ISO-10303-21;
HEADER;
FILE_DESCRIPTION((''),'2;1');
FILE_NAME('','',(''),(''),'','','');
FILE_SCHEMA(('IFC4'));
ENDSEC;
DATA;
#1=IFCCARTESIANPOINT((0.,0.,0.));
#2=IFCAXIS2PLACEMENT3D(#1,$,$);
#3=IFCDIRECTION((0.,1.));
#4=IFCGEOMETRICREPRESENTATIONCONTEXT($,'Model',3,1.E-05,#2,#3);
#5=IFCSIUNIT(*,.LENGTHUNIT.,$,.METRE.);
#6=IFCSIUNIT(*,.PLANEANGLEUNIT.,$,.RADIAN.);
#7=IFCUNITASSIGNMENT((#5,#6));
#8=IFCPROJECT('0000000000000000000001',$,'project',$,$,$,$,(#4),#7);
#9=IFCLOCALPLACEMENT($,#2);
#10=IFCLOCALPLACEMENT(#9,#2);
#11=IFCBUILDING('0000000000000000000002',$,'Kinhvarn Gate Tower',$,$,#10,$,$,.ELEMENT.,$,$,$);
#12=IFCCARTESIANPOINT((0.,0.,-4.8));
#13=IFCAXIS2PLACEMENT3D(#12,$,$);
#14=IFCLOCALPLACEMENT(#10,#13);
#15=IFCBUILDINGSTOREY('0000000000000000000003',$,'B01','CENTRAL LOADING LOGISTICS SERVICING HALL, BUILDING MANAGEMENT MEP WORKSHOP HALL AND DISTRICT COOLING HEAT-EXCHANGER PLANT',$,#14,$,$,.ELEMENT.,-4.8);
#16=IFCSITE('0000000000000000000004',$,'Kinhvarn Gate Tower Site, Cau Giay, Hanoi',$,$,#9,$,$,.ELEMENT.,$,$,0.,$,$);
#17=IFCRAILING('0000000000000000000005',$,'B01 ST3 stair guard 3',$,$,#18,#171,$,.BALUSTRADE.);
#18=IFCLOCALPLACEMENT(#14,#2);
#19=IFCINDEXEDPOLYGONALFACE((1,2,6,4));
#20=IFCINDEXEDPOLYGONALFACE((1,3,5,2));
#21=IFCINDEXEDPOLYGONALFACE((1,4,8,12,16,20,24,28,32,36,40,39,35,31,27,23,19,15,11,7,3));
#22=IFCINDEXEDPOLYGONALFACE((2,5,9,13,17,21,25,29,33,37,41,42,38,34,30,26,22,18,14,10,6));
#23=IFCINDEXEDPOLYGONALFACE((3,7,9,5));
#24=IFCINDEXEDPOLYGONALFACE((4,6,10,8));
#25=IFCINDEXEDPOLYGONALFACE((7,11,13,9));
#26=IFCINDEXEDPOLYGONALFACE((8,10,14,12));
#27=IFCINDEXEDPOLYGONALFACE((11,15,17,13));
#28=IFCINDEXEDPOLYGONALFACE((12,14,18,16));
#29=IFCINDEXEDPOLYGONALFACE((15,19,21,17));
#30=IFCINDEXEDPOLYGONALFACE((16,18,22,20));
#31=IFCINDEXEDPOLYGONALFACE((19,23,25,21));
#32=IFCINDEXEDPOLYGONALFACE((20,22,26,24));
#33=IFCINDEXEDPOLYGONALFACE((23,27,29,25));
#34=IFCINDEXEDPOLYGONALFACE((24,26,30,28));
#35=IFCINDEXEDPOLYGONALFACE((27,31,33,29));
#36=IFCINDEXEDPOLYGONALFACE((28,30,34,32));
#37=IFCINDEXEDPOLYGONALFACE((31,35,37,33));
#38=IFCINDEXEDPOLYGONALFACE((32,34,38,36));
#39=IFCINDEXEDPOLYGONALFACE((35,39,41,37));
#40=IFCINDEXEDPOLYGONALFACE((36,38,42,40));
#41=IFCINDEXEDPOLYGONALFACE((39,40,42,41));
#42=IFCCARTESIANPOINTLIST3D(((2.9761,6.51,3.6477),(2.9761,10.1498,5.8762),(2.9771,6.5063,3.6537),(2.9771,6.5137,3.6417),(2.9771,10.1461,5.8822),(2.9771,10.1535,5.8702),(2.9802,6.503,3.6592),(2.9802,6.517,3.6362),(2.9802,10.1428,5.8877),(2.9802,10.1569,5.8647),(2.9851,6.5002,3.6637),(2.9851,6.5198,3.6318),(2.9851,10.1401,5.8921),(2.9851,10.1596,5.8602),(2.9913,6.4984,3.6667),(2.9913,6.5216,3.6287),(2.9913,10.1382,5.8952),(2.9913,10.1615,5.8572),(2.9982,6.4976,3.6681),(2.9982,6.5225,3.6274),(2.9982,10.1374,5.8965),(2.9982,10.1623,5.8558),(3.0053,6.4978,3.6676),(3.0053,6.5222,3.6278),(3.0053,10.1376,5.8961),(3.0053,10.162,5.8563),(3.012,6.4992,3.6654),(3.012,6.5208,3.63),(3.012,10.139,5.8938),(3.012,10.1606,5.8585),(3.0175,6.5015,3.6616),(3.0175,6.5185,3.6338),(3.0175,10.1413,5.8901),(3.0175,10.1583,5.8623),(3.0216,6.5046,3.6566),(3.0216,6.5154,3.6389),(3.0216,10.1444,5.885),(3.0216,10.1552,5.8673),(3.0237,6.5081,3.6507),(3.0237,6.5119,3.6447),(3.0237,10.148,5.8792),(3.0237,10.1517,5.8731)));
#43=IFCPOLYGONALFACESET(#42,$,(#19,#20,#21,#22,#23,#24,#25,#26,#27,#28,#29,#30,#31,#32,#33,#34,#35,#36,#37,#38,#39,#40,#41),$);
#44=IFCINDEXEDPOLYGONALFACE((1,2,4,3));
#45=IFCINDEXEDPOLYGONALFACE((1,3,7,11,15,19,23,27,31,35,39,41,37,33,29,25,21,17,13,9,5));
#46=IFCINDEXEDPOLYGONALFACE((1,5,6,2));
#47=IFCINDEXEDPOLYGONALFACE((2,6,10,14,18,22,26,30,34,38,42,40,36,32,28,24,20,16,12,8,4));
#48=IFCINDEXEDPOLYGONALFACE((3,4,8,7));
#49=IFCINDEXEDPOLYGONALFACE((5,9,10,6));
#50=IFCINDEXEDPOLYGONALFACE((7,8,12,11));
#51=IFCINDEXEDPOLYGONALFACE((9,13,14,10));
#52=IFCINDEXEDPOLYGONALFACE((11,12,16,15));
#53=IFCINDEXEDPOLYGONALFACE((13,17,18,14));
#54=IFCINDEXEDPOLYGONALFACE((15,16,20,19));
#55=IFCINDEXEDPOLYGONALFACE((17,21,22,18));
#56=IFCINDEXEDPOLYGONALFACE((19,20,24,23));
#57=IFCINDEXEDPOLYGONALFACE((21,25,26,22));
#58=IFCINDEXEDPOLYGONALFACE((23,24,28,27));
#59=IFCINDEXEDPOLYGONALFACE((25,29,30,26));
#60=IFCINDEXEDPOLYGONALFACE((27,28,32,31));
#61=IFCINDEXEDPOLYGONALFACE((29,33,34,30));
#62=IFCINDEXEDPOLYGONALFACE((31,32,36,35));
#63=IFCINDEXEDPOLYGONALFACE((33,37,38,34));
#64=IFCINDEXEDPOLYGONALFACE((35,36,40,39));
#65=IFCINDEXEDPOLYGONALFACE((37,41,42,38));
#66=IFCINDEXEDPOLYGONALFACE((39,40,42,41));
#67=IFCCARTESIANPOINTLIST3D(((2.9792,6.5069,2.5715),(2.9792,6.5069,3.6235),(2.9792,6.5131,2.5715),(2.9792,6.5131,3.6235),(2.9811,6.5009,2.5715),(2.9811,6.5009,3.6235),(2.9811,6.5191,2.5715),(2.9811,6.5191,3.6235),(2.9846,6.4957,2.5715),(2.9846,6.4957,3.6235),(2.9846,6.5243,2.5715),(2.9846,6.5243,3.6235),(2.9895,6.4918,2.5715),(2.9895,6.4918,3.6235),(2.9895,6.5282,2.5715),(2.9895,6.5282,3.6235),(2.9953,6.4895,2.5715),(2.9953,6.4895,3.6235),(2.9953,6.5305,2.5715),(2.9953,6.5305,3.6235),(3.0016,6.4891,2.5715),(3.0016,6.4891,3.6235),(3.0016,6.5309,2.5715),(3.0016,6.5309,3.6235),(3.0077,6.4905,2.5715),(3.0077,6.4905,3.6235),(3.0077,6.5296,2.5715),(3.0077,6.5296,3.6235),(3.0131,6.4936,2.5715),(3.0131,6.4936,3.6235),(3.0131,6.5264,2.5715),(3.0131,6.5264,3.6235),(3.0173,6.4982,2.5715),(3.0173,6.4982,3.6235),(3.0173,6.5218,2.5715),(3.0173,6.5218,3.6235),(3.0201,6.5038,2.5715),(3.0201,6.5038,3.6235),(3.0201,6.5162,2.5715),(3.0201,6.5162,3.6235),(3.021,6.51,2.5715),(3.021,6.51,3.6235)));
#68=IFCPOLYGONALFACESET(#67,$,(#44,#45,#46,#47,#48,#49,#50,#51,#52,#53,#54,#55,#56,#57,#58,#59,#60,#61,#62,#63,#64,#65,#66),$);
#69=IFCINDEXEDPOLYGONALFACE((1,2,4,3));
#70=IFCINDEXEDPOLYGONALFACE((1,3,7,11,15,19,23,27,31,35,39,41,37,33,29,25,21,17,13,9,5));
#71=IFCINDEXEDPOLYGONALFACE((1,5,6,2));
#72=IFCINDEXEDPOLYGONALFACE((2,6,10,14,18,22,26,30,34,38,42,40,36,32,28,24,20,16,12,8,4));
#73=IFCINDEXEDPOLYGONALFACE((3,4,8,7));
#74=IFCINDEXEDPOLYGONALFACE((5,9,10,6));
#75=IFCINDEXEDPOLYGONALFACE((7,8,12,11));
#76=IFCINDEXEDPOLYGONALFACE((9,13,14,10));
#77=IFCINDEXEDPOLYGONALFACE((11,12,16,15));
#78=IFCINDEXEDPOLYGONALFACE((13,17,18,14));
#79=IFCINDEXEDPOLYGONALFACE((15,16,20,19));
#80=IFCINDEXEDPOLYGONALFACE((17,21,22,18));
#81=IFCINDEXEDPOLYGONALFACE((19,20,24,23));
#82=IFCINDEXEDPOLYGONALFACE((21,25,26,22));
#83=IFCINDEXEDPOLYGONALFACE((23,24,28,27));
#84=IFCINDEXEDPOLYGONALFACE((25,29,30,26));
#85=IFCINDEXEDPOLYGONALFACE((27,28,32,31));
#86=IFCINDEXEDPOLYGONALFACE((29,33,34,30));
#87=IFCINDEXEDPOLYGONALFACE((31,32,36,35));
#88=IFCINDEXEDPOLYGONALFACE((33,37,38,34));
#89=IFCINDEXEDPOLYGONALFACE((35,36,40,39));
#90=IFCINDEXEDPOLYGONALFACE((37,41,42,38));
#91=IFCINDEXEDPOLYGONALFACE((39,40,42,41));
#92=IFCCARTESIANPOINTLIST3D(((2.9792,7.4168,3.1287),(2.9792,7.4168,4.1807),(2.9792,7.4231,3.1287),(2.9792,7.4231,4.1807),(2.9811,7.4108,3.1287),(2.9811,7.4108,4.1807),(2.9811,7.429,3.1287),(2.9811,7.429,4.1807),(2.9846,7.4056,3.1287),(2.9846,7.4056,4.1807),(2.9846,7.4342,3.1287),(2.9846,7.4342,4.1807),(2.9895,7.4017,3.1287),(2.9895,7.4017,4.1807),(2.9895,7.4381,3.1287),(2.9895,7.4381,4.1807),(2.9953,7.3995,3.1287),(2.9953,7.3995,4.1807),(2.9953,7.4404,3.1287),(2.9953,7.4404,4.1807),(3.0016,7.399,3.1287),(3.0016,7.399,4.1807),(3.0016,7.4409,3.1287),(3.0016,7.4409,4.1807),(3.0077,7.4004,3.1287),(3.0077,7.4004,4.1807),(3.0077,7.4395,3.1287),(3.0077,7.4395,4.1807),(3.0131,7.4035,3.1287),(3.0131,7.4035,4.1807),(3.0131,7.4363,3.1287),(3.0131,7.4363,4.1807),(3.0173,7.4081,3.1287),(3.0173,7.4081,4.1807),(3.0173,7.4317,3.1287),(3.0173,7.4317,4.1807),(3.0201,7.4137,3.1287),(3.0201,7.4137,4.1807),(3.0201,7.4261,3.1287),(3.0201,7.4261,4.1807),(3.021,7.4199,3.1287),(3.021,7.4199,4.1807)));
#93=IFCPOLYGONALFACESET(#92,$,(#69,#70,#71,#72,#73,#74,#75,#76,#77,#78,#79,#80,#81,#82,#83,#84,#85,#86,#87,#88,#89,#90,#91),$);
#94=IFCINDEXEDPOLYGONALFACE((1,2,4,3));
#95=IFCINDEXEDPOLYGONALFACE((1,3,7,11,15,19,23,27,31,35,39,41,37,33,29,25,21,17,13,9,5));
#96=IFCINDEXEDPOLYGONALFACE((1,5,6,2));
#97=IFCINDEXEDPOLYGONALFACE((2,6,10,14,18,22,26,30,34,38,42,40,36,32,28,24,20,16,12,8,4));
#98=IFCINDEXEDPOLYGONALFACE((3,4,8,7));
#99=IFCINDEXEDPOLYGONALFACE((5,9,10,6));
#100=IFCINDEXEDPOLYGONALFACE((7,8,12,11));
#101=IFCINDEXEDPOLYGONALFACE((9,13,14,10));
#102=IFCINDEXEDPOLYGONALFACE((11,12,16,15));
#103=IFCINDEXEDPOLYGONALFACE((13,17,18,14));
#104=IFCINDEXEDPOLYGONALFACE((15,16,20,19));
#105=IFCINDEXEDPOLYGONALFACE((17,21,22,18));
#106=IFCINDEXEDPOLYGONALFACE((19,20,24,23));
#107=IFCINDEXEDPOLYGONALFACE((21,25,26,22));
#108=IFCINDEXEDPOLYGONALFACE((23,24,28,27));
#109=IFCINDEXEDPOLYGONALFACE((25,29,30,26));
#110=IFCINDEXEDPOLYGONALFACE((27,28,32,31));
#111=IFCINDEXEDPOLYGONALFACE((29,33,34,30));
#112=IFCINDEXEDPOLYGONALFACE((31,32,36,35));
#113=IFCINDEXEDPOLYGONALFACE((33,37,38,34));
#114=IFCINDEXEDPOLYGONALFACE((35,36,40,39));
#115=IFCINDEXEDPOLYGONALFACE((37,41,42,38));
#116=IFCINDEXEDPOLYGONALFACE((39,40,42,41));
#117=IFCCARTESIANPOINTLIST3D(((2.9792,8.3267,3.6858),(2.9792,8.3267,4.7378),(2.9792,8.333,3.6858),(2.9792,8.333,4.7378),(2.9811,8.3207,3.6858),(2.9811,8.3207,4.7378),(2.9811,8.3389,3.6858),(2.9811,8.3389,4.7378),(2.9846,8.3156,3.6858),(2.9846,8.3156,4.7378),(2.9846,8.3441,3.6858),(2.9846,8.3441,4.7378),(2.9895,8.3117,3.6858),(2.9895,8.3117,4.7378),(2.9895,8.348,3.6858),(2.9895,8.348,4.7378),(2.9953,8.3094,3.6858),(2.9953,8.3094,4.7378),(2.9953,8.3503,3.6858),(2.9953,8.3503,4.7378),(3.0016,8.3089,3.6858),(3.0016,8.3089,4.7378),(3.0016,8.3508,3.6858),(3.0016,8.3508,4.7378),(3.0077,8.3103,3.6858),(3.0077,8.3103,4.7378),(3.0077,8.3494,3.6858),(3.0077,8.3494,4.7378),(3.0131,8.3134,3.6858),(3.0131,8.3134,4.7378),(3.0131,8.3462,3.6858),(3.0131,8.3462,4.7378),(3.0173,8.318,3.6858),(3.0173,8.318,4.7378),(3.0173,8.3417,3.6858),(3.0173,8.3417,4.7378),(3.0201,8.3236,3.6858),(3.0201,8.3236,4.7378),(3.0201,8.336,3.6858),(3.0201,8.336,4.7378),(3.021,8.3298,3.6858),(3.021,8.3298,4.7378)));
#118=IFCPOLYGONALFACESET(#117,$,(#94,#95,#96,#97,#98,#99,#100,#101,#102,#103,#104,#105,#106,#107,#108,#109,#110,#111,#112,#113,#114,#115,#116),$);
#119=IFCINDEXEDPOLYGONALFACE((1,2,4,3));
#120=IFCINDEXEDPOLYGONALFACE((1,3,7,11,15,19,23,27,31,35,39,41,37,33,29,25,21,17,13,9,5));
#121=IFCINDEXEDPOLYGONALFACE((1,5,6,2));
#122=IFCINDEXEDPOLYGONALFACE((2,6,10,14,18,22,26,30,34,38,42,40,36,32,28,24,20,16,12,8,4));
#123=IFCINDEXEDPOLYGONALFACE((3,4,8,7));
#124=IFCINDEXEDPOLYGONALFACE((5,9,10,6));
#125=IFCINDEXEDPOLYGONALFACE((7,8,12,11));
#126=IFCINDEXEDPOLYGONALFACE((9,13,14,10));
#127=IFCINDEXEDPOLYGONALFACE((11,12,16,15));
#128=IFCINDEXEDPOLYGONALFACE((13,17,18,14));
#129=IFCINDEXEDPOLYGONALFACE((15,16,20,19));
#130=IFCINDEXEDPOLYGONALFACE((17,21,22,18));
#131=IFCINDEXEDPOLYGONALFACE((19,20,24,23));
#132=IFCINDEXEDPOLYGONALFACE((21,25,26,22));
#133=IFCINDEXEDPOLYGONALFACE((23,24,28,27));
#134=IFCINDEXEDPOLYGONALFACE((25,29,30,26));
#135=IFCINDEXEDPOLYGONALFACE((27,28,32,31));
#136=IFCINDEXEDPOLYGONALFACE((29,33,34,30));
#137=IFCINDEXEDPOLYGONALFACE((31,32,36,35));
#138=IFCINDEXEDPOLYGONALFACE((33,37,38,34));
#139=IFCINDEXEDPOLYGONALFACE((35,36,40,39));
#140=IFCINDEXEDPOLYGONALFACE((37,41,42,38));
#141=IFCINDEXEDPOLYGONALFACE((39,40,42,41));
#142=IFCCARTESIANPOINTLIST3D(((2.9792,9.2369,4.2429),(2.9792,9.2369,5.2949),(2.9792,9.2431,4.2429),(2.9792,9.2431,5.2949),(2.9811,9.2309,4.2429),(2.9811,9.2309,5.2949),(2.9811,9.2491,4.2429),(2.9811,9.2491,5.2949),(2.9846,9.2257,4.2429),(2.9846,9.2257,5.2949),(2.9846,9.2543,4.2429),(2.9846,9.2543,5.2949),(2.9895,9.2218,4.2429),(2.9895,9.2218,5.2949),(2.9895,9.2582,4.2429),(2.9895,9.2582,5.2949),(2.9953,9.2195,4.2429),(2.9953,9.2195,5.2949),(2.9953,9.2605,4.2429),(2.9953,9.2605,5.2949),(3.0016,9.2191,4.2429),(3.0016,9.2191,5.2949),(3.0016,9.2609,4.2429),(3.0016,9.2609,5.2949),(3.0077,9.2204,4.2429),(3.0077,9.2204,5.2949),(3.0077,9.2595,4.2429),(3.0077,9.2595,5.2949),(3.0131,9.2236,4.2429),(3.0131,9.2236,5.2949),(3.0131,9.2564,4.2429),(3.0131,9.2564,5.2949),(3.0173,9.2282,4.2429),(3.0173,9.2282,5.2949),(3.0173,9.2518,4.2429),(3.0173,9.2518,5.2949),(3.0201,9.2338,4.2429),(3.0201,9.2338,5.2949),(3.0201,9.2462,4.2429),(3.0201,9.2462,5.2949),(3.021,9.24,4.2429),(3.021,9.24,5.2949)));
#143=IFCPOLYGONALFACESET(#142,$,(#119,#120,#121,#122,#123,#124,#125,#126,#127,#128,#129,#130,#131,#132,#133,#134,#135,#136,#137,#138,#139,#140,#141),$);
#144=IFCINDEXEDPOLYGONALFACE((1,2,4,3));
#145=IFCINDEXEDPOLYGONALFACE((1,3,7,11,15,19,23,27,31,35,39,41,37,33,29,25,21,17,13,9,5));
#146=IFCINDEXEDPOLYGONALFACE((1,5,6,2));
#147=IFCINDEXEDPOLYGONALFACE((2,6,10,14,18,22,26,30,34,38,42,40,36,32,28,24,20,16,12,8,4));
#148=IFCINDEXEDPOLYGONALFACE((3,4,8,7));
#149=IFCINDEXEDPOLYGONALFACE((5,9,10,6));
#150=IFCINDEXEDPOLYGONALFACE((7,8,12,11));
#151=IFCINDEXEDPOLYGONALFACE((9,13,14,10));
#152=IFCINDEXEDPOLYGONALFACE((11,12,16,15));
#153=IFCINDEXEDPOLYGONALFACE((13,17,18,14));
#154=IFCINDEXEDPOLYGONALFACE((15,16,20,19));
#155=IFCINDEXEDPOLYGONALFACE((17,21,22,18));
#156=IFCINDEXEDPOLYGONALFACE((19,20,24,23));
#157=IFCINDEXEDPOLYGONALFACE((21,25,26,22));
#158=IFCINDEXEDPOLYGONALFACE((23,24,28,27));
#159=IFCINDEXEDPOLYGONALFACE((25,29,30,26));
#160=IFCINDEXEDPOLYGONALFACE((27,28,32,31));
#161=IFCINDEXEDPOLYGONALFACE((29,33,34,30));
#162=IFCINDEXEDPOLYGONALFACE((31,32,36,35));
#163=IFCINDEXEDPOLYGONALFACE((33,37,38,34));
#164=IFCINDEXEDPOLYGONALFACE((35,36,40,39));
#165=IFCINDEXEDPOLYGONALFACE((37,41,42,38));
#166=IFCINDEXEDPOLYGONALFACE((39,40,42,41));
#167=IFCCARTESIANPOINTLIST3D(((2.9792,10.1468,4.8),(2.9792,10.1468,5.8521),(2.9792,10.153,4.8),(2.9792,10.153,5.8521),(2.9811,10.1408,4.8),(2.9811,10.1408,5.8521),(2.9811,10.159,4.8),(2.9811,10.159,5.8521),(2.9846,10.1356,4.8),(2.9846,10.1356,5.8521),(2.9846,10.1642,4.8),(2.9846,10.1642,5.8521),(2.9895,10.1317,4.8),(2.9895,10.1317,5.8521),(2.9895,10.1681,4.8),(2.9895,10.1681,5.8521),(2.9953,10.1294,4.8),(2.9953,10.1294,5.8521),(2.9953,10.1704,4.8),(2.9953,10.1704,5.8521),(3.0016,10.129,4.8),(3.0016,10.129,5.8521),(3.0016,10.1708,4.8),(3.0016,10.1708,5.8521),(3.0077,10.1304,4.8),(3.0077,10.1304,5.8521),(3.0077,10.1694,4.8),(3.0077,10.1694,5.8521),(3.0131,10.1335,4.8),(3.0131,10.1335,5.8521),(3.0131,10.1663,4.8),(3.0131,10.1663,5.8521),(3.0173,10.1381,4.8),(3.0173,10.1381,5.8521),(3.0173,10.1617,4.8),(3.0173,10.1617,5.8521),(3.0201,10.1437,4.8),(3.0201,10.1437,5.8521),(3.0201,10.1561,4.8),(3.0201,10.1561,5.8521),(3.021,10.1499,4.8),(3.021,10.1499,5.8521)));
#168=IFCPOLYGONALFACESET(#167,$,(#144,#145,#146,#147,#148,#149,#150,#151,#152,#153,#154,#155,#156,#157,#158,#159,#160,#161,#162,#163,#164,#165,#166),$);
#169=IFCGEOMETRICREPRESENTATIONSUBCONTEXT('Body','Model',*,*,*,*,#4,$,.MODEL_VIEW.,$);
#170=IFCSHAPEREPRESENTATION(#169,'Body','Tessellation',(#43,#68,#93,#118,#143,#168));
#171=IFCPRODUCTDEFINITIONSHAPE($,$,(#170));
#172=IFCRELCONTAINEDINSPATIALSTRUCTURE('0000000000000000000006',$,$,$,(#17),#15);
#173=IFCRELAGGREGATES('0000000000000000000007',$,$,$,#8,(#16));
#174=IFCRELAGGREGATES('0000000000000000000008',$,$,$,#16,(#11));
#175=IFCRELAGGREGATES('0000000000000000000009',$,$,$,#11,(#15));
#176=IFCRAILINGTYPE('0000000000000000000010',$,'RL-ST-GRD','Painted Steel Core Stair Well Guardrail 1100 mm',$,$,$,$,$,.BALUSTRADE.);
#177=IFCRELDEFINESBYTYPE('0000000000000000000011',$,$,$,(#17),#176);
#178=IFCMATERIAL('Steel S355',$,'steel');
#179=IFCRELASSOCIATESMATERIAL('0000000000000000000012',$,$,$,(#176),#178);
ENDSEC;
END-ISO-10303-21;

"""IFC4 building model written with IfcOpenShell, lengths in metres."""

from ifc_helpers import new_model, si_unit, direction, frame, origin, origin_2d, place, context, subcontext, project, spatial, circle, extrude, material, type_object, element, save


model = new_model("IFC4")

# Units and contexts
model_context = context("Model", 3, precision=1e-05, world=origin(), true_north=direction((0.0, 1.0)))
body_context = subcontext(model_context, "Body", "Model", "MODEL_VIEW")
ifc_project = project(units=[si_unit("LENGTHUNIT", "METRE"), si_unit("PLANEANGLEUNIT", "RADIAN")], contexts=[model_context])

# Site, building, storey
site_placement = place(None, origin())
site = spatial("IfcSite", under=ifc_project, at=site_placement, Name="Kinhvarn Gate Tower Site, Cau Giay, Hanoi", CompositionType="ELEMENT", RefElevation=0.0)
building_placement = place(site_placement, origin())
building = spatial("IfcBuilding", under=site, at=building_placement, Name="Kinhvarn Gate Tower", CompositionType="ELEMENT")
storey_placement = place(building_placement, frame((0.0, 0.0, -4.8)))
storey = spatial("IfcBuildingStorey", under=building, at=storey_placement, Name="B01", Description="CENTRAL LOADING LOGISTICS SERVICING HALL, BUILDING MANAGEMENT MEP WORKSHOP HALL AND DISTRICT COOLING HEAT-EXCHANGER PLANT", CompositionType="ELEMENT", Elevation=-4.8)

# Shared definitions
ifc_material_1 = material(Name="Steel S355", Category="steel")

# Railing
railing_type_1 = type_object("IfcRailingType", Name="RL-ST-GRD", Description="Painted Steel Core Stair Well Guardrail 1100 mm", PredefinedType="BALUSTRADE", material=ifc_material_1)
railing_1_placement = place(storey_placement, frame((3.0, 6.51, 2.5715)))
element("IfcRailing", 1, at=railing_1_placement, inside=storey, type_object=railing_type_1, Name="B01 ST3 stair guard 3", PredefinedType="BALUSTRADE", context=body_context, shape_type="SweptSolid", body=[
    extrude(circle(Radius=0.0239, at=origin_2d()), frame((0.0, 0.0, 1.0762), z_axis=(0.0, 0.85285, 0.522156), x_axis=(-1.0, 0.0, 0.0)), (0.0, 0.0, 1.0), 4.2678),
    extrude(circle(Radius=0.021, at=origin_2d()), origin(), (0.0, 0.0, 1.0), 1.052),
    extrude(circle(Radius=0.021, at=origin_2d()), frame((0.0, 0.9099, 0.5571)), (0.0, 0.0, 1.0), 1.052),
    extrude(circle(Radius=0.021, at=origin_2d()), frame((0.0, 1.8198, 1.1143)), (0.0, 0.0, 1.0), 1.052),
    extrude(circle(Radius=0.021, at=origin_2d()), frame((0.0, 2.73, 1.6714)), (0.0, 0.0, 1.0), 1.052),
    extrude(circle(Radius=0.021, at=origin_2d()), frame((0.0, 3.6399, 2.2285)), (0.0, 0.0, 1.0), 1.052),
])

save(model, "model.ifc")
